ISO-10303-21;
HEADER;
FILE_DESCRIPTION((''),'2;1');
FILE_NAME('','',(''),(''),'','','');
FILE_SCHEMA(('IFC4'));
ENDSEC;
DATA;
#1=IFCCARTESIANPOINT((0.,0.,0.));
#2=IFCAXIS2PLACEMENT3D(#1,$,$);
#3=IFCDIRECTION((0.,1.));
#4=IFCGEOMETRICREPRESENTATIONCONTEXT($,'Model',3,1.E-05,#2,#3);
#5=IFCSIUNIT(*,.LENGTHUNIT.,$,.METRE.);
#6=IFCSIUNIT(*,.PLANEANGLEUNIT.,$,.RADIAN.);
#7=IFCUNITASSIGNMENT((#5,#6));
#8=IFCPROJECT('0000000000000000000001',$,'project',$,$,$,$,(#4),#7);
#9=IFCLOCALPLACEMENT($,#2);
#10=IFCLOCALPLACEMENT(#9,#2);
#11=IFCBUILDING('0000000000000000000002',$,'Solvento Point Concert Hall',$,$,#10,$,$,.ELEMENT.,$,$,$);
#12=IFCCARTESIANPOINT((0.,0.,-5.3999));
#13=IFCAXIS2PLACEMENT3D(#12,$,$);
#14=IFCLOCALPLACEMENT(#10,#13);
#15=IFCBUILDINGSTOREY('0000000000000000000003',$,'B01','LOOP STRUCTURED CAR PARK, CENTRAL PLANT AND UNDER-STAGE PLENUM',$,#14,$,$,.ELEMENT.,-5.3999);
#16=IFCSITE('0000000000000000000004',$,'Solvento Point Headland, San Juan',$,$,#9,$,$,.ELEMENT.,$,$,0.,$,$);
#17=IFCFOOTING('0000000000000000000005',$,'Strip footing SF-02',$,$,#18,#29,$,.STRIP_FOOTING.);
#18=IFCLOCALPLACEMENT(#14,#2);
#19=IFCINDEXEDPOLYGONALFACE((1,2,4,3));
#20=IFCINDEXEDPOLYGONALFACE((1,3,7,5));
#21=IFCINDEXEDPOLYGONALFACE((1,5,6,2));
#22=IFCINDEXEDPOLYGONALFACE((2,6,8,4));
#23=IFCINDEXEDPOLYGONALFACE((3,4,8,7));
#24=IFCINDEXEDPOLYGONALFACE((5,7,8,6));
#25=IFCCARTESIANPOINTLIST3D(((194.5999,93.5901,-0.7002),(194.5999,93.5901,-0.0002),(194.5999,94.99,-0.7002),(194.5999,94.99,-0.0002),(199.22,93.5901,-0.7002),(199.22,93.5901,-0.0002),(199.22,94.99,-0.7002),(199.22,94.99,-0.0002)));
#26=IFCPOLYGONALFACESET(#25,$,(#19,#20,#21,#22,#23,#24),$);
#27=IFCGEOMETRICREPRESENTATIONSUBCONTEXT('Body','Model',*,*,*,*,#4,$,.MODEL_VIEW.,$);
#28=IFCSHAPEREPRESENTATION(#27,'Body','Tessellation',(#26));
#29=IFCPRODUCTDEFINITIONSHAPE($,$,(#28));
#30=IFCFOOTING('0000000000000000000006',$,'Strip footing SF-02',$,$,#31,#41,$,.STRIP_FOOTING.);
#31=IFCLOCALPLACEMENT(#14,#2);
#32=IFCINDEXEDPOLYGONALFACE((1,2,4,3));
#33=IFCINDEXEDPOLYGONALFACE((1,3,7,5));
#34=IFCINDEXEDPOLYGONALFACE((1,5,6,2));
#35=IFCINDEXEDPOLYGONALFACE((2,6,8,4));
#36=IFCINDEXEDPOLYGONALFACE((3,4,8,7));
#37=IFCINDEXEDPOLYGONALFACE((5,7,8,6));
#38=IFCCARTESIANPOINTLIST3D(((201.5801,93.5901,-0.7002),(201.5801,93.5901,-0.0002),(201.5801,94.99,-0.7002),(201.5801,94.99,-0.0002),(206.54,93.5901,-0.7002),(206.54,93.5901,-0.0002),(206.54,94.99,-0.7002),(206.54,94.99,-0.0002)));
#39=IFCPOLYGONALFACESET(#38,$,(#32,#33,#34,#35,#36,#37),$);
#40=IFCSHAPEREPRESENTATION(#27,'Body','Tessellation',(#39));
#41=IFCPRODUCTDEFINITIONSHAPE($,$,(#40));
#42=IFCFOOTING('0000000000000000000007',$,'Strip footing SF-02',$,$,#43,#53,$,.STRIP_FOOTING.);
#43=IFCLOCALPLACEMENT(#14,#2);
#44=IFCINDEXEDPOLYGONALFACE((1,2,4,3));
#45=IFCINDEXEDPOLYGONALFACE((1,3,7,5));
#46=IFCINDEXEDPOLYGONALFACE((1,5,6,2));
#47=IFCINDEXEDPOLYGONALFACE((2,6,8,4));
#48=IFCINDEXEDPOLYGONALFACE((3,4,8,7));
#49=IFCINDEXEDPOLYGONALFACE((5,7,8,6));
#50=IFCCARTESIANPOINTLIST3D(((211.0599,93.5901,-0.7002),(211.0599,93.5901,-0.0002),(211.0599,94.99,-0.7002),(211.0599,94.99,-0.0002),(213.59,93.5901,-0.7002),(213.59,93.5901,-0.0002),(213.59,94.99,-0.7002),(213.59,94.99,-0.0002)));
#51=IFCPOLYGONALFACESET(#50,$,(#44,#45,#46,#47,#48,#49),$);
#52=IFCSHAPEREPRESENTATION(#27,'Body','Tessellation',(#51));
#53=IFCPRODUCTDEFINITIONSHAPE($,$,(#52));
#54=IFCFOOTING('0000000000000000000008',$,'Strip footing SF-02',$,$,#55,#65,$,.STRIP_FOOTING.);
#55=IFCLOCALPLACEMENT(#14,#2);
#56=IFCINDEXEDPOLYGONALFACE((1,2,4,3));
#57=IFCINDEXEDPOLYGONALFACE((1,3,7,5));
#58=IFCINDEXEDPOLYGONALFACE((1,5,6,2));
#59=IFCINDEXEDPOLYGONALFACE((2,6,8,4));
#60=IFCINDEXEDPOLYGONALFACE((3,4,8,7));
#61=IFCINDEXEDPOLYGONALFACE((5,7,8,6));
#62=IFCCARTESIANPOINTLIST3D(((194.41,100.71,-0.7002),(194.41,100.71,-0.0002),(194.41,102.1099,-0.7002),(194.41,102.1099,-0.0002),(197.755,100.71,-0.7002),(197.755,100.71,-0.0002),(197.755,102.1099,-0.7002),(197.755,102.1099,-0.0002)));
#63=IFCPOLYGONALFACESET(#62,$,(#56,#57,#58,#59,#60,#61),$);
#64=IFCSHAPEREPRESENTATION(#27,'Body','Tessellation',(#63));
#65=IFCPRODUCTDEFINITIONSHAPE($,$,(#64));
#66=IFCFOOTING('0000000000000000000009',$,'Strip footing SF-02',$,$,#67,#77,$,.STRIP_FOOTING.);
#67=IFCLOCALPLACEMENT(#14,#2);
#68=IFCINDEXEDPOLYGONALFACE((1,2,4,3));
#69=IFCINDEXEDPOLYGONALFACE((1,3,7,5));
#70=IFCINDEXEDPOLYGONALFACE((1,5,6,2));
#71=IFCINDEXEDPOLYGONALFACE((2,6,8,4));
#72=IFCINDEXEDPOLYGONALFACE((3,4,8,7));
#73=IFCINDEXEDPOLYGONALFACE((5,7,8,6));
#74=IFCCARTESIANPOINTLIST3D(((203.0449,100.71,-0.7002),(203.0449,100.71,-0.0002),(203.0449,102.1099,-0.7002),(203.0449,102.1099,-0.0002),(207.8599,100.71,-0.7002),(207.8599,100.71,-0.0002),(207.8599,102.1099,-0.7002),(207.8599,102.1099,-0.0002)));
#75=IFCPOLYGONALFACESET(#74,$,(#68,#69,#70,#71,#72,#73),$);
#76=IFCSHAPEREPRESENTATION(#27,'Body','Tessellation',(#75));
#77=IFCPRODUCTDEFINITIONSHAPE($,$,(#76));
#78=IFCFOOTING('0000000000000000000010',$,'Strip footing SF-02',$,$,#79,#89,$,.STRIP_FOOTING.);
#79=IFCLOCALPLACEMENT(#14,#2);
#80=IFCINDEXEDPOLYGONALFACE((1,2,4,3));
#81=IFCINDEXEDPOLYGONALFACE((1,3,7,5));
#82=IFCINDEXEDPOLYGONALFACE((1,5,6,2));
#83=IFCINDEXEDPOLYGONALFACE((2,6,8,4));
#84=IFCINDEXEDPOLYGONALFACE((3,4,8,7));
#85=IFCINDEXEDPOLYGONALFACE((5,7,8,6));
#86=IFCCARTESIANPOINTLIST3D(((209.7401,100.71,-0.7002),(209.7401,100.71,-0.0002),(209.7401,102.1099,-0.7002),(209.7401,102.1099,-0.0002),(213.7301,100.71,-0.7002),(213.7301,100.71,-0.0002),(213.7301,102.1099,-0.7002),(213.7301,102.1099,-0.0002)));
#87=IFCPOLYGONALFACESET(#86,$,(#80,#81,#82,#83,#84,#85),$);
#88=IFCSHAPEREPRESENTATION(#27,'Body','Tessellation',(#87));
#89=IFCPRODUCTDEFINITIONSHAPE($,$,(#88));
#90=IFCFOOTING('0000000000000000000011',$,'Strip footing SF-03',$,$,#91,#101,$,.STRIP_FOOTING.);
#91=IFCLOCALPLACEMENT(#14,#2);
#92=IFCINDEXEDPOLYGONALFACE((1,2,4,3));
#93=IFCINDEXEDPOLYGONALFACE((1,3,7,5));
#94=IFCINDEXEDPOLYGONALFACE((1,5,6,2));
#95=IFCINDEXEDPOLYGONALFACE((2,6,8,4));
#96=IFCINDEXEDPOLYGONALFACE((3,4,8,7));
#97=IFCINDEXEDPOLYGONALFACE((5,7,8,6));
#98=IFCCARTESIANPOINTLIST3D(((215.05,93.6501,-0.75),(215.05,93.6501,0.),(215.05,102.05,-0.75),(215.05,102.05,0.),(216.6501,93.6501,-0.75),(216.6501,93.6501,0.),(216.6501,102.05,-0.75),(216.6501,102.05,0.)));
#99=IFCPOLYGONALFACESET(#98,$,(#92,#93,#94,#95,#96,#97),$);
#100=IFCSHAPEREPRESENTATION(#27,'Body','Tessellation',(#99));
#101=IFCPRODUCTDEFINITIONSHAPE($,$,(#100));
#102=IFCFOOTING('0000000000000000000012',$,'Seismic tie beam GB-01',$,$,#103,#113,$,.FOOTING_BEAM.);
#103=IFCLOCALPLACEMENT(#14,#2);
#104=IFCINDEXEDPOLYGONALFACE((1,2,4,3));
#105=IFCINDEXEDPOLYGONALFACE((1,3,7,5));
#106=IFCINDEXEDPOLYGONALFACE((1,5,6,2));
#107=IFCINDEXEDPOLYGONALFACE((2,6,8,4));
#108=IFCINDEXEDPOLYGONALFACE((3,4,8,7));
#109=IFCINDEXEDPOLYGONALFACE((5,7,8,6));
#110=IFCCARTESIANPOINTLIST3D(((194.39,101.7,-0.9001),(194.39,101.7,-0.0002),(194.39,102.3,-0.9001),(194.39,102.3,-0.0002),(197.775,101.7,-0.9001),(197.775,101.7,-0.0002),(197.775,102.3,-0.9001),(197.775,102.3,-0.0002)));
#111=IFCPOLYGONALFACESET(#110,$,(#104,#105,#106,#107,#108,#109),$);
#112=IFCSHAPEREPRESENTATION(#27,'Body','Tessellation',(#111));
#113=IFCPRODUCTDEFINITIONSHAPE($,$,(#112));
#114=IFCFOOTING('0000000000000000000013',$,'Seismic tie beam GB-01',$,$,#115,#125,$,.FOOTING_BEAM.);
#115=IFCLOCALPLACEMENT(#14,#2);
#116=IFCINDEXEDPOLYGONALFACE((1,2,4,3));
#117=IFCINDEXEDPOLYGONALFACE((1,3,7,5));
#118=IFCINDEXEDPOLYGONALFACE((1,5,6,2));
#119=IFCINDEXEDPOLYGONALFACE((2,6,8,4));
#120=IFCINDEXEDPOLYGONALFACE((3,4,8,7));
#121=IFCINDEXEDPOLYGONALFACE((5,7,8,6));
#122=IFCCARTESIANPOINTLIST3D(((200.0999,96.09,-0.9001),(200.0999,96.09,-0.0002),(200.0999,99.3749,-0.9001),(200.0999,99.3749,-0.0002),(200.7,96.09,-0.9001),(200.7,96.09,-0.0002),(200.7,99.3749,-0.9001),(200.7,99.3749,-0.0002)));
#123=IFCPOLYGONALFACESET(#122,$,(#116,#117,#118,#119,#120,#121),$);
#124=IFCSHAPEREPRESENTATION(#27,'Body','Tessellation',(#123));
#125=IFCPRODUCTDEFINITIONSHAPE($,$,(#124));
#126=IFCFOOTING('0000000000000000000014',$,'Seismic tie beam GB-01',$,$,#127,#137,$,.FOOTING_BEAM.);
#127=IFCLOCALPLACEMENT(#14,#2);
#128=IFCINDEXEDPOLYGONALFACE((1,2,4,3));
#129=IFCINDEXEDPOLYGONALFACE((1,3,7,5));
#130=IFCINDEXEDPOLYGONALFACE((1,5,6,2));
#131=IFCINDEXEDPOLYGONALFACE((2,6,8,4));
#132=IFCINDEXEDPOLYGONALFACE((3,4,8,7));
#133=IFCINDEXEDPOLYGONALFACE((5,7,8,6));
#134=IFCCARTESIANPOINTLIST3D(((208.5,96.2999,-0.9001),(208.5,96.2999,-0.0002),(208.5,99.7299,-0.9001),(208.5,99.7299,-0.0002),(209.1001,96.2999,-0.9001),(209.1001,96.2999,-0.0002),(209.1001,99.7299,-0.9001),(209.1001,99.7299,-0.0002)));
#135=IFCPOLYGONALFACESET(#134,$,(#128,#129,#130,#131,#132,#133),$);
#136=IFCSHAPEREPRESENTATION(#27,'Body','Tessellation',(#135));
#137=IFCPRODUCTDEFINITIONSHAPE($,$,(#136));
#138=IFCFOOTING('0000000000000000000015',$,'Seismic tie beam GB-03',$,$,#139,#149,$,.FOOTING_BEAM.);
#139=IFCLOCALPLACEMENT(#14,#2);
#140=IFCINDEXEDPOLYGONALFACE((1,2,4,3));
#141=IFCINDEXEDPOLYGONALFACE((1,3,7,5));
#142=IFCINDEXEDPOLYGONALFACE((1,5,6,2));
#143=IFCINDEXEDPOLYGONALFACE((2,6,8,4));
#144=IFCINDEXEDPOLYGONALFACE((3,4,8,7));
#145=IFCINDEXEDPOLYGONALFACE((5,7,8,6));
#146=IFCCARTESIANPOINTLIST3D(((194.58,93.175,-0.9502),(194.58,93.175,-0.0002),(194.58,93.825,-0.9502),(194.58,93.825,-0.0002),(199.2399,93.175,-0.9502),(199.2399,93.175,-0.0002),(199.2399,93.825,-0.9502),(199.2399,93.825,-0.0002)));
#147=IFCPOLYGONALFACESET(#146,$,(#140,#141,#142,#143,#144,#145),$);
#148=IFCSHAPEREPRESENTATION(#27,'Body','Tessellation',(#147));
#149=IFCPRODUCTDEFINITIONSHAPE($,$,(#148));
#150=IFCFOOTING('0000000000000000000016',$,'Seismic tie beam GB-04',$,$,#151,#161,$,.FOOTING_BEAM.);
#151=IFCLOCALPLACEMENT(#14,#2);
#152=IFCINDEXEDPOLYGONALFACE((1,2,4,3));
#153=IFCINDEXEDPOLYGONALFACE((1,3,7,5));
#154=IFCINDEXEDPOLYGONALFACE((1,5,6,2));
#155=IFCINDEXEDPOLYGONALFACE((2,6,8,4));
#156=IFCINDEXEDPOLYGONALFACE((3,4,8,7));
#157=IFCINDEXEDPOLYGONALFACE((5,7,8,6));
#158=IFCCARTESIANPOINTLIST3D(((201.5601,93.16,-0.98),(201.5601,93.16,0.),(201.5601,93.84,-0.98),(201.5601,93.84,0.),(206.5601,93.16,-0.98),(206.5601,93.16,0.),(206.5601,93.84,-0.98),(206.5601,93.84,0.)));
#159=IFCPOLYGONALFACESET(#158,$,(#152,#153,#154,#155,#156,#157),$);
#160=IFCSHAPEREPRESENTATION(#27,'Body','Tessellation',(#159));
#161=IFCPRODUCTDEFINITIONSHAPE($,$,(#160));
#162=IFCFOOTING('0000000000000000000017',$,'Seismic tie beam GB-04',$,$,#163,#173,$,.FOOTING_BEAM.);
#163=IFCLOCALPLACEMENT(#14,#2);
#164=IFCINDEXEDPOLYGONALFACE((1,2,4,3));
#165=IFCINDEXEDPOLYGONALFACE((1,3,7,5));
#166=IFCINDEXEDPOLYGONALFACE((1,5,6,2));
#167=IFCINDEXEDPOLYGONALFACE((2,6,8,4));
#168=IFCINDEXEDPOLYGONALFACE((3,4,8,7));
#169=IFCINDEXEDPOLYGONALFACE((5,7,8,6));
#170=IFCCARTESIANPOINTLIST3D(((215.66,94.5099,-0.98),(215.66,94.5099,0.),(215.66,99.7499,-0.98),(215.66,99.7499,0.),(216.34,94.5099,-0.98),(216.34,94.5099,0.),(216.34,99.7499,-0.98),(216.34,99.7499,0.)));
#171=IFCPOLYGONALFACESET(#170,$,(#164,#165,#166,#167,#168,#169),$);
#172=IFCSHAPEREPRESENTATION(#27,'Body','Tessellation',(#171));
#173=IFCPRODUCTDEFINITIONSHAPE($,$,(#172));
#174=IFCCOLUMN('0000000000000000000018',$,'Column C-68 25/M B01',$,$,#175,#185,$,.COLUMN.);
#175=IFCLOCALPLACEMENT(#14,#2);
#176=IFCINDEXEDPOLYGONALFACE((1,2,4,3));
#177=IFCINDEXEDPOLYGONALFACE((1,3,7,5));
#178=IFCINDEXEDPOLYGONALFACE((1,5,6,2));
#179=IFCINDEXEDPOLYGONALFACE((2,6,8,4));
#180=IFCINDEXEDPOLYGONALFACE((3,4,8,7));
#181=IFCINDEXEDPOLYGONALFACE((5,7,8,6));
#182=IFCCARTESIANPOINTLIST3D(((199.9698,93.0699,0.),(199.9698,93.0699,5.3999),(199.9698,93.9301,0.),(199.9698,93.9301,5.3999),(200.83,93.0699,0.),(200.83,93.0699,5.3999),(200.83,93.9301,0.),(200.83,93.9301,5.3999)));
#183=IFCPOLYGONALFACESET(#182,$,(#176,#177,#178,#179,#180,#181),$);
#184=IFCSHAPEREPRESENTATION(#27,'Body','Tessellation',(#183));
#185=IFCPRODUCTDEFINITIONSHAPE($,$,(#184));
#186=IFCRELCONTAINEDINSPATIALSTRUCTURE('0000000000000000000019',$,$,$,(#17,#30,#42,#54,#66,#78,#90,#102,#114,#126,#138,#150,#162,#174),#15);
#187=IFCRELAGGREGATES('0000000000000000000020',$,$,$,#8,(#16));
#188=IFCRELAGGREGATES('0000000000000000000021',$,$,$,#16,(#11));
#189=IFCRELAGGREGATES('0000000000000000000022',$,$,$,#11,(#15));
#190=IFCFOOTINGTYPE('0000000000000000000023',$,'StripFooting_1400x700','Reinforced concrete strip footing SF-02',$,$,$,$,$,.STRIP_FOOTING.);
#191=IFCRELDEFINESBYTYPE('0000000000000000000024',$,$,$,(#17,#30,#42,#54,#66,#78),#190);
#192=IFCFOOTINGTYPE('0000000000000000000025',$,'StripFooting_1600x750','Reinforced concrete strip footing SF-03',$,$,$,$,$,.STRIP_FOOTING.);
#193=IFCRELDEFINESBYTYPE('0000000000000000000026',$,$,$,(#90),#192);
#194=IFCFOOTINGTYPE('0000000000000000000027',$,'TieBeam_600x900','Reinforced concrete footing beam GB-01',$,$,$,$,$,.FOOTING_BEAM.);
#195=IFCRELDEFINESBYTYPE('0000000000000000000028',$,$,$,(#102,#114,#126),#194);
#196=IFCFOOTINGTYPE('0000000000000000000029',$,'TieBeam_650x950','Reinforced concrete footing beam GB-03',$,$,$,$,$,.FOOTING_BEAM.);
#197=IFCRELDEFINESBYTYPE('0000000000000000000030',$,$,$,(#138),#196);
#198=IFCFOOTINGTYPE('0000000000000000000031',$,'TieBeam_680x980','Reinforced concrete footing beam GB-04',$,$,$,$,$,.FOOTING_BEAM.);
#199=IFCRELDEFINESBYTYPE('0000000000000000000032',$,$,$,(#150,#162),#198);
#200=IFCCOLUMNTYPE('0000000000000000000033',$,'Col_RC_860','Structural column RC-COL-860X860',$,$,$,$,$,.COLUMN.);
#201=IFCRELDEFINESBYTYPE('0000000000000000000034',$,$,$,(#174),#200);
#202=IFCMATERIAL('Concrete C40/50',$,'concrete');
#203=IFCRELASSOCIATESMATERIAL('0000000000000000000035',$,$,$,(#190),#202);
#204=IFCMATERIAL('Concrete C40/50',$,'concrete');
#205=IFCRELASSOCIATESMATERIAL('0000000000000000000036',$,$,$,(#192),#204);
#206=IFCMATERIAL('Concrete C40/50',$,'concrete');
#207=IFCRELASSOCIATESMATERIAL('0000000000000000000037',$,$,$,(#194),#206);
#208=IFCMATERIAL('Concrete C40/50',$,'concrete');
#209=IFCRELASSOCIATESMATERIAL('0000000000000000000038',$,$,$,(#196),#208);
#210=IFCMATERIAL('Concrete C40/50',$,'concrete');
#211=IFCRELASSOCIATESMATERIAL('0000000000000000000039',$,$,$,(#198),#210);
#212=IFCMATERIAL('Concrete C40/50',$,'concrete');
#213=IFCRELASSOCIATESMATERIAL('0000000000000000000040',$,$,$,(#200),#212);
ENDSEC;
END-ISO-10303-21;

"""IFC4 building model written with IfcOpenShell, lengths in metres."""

from ifc_helpers import new_model, si_unit, direction, frame, origin, origin_2d, place, context, subcontext, project, spatial, rectangle, extrude, material, material_profile, profile_set, type_object, element, save


model = new_model("IFC4")

# Units and contexts
model_context = context("Model", 3, precision=1e-05, world=origin(), true_north=direction((0.0, 1.0)))
body_context = subcontext(model_context, "Body", "Model", "MODEL_VIEW")
ifc_project = project(units=[si_unit("LENGTHUNIT", "METRE"), si_unit("PLANEANGLEUNIT", "RADIAN")], contexts=[model_context])

# Site, building, storey
site_placement = place(None, origin())
site = spatial("IfcSite", under=ifc_project, at=site_placement, Name="Solvento Point Headland, San Juan", CompositionType="ELEMENT", RefElevation=0.0)
building_placement = place(site_placement, origin())
building = spatial("IfcBuilding", under=site, at=building_placement, Name="Solvento Point Concert Hall", CompositionType="ELEMENT")
storey_placement = place(building_placement, frame((0.0, 0.0, -5.3999)))
storey = spatial("IfcBuildingStorey", under=building, at=storey_placement, Name="B01", Description="LOOP STRUCTURED CAR PARK, CENTRAL PLANT AND UNDER-STAGE PLENUM", CompositionType="ELEMENT", Elevation=-5.3999)

# Footings
ifc_material_1 = material(Name="Concrete C40/50", Category="concrete")
footing_type_1 = type_object("IfcFootingType", Name="StripFooting_1400x700", Description="Reinforced concrete strip footing SF-02", PredefinedType="STRIP_FOOTING", material=ifc_material_1)
footing_1_placement = place(storey_placement, frame((196.9099, 94.29, -0.7002), z_axis=(0.0, 0.0, 1.0), x_axis=(1.0, 0.0, 0.0)))
element("IfcFooting", 1, at=footing_1_placement, inside=storey, type_object=footing_type_1, Name="Strip footing SF-02", PredefinedType="STRIP_FOOTING", context=body_context, shape_type="SweptSolid", body=[
    extrude(rectangle(XDim=4.6201, YDim=1.3999, at=origin_2d()), origin(), (0.0, 0.0, 1.0), 0.7),
])
footing_2_placement = place(storey_placement, frame((204.0601, 94.29, -0.7002), z_axis=(0.0, 0.0, 1.0), x_axis=(1.0, 0.0, 0.0)))
element("IfcFooting", 2, at=footing_2_placement, inside=storey, type_object=footing_type_1, Name="Strip footing SF-02", PredefinedType="STRIP_FOOTING", context=body_context, shape_type="SweptSolid", body=[
    extrude(rectangle(XDim=4.96, YDim=1.3999, at=origin_2d()), origin(), (0.0, 0.0, 1.0), 0.7),
])
footing_3_placement = place(storey_placement, frame((212.325, 94.29, -0.7002), z_axis=(0.0, 0.0, 1.0), x_axis=(1.0, 0.0, 0.0)))
element("IfcFooting", 3, at=footing_3_placement, inside=storey, type_object=footing_type_1, Name="Strip footing SF-02", PredefinedType="STRIP_FOOTING", context=body_context, shape_type="SweptSolid", body=[
    extrude(rectangle(XDim=2.53, YDim=1.3999, at=origin_2d()), origin(), (0.0, 0.0, 1.0), 0.7),
])
footing_4_placement = place(storey_placement, frame((196.0825, 101.4099, -0.7002), z_axis=(0.0, 0.0, 1.0), x_axis=(1.0, 0.0, 0.0)))
element("IfcFooting", 4, at=footing_4_placement, inside=storey, type_object=footing_type_1, Name="Strip footing SF-02", PredefinedType="STRIP_FOOTING", context=body_context, shape_type="SweptSolid", body=[
    extrude(rectangle(XDim=3.345, YDim=1.3999, at=origin_2d()), origin(), (0.0, 0.0, 1.0), 0.7),
])
footing_5_placement = place(storey_placement, frame((205.4524, 101.4099, -0.7002), z_axis=(0.0, 0.0, 1.0), x_axis=(1.0, 0.0, 0.0)))
element("IfcFooting", 5, at=footing_5_placement, inside=storey, type_object=footing_type_1, Name="Strip footing SF-02", PredefinedType="STRIP_FOOTING", context=body_context, shape_type="SweptSolid", body=[
    extrude(rectangle(XDim=4.8149, YDim=1.3999, at=origin_2d()), origin(), (0.0, 0.0, 1.0), 0.7),
])
footing_6_placement = place(storey_placement, frame((211.7351, 101.4099, -0.7002), z_axis=(0.0, 0.0, 1.0), x_axis=(1.0, 0.0, 0.0)))
element("IfcFooting", 6, at=footing_6_placement, inside=storey, type_object=footing_type_1, Name="Strip footing SF-02", PredefinedType="STRIP_FOOTING", context=body_context, shape_type="SweptSolid", body=[
    extrude(rectangle(XDim=3.99, YDim=1.3999, at=origin_2d()), origin(), (0.0, 0.0, 1.0), 0.7),
])
ifc_material_2 = material(Name="Concrete C40/50", Category="concrete")
footing_type_2 = type_object("IfcFootingType", Name="StripFooting_1600x750", Description="Reinforced concrete strip footing SF-03", PredefinedType="STRIP_FOOTING", material=ifc_material_2)
footing_7_placement = place(storey_placement, frame((215.8501, 97.8501, -0.75), z_axis=(0.0, 0.0, 1.0), x_axis=(0.0, 1.0, 0.0)))
element("IfcFooting", 7, at=footing_7_placement, inside=storey, type_object=footing_type_2, Name="Strip footing SF-03", PredefinedType="STRIP_FOOTING", context=body_context, shape_type="SweptSolid", body=[
    extrude(rectangle(XDim=8.3999, YDim=1.6001, at=origin_2d()), origin(), (0.0, 0.0, 1.0), 0.75),
])
ifc_material_3 = material(Name="Concrete C40/50", Category="concrete")
footing_type_3 = type_object("IfcFootingType", Name="TieBeam_600x900", Description="Reinforced concrete footing beam GB-01", PredefinedType="FOOTING_BEAM", material=ifc_material_3)
footing_8_placement = place(storey_placement, frame((196.0825, 102.0, -0.9001), z_axis=(0.0, 0.0, 1.0), x_axis=(1.0, 0.0, 0.0)))
element("IfcFooting", 8, at=footing_8_placement, inside=storey, type_object=footing_type_3, Name="Seismic tie beam GB-01", PredefinedType="FOOTING_BEAM", context=body_context, shape_type="SweptSolid", body=[
    extrude(rectangle(XDim=3.385, YDim=0.6001, at=origin_2d()), origin(), (0.0, 0.0, 1.0), 0.8999),
])
footing_9_placement = place(storey_placement, frame((200.3999, 97.7324, -0.9001), z_axis=(0.0, 0.0, 1.0), x_axis=(0.0, 1.0, 0.0)))
element("IfcFooting", 9, at=footing_9_placement, inside=storey, type_object=footing_type_3, Name="Seismic tie beam GB-01", PredefinedType="FOOTING_BEAM", context=body_context, shape_type="SweptSolid", body=[
    extrude(rectangle(XDim=3.2849, YDim=0.6001, at=origin_2d()), origin(), (0.0, 0.0, 1.0), 0.8999),
])
footing_10_placement = place(storey_placement, frame((208.8, 98.0149, -0.9001), z_axis=(0.0, 0.0, 1.0), x_axis=(0.0, 1.0, 0.0)))
element("IfcFooting", 10, at=footing_10_placement, inside=storey, type_object=footing_type_3, Name="Seismic tie beam GB-01", PredefinedType="FOOTING_BEAM", context=body_context, shape_type="SweptSolid", body=[
    extrude(rectangle(XDim=3.4299, YDim=0.6001, at=origin_2d()), origin(), (0.0, 0.0, 1.0), 0.8999),
])
ifc_material_4 = material(Name="Concrete C40/50", Category="concrete")
footing_type_4 = type_object("IfcFootingType", Name="TieBeam_650x950", Description="Reinforced concrete footing beam GB-03", PredefinedType="FOOTING_BEAM", material=ifc_material_4)
footing_11_placement = place(storey_placement, frame((196.9099, 93.5, -0.9502), z_axis=(0.0, 0.0, 1.0), x_axis=(1.0, 0.0, 0.0)))
element("IfcFooting", 11, at=footing_11_placement, inside=storey, type_object=footing_type_4, Name="Seismic tie beam GB-03", PredefinedType="FOOTING_BEAM", context=body_context, shape_type="SweptSolid", body=[
    extrude(rectangle(XDim=4.6599, YDim=0.6499, at=origin_2d()), origin(), (0.0, 0.0, 1.0), 0.95),
])
ifc_material_5 = material(Name="Concrete C40/50", Category="concrete")
footing_type_5 = type_object("IfcFootingType", Name="TieBeam_680x980", Description="Reinforced concrete footing beam GB-04", PredefinedType="FOOTING_BEAM", material=ifc_material_5)
footing_12_placement = place(storey_placement, frame((204.0601, 93.5, -0.98), z_axis=(0.0, 0.0, 1.0), x_axis=(1.0, 0.0, 0.0)))
element("IfcFooting", 12, at=footing_12_placement, inside=storey, type_object=footing_type_5, Name="Seismic tie beam GB-04", PredefinedType="FOOTING_BEAM", context=body_context, shape_type="SweptSolid", body=[
    extrude(rectangle(XDim=5.0, YDim=0.6799, at=origin_2d()), origin(), (0.0, 0.0, 1.0), 0.98),
])
footing_13_placement = place(storey_placement, frame((216.0, 97.1299, -0.98), z_axis=(0.0, 0.0, 1.0), x_axis=(0.0, 1.0, 0.0)))
element("IfcFooting", 13, at=footing_13_placement, inside=storey, type_object=footing_type_5, Name="Seismic tie beam GB-04", PredefinedType="FOOTING_BEAM", context=body_context, shape_type="SweptSolid", body=[
    extrude(rectangle(XDim=5.24, YDim=0.6799, at=origin_2d()), origin(), (0.0, 0.0, 1.0), 0.98),
])

# Column
ifc_material_6 = material(Name="Concrete C40/50", Category="concrete")
ifc_material_profile_1 = material_profile(ifc_material_6, rectangle(XDim=0.8601, YDim=0.8601, at=origin_2d()), Name="RC-COL-860X860")
ifc_profile_set_1 = profile_set([ifc_material_profile_1], Name="Concrete C40/50")
column_type = type_object("IfcColumnType", Name="Col_RC_860", Description="Structural column RC-COL-860X860", PredefinedType="COLUMN", material=ifc_profile_set_1)
for number, where, z_axis, x_axis, name in (
    (14, (200.3999, 93.5, 0.0), (0.0, 0.0, 1.0), (1.0, 0.0, 0.0), "Column C-68 25/M B01"),
):
    element("IfcColumn", number, at=place(storey_placement, frame(where, z_axis=z_axis, x_axis=x_axis)), inside=storey, type_object=column_type, Name=name, PredefinedType="COLUMN", context=body_context, shape_type="SweptSolid", body=[
        extrude(rectangle(XDim=0.8601, YDim=0.8601, at=origin_2d()), origin(), (0.0, 0.0, 1.0), 5.3999),
    ])

save(model, "model.ifc")
